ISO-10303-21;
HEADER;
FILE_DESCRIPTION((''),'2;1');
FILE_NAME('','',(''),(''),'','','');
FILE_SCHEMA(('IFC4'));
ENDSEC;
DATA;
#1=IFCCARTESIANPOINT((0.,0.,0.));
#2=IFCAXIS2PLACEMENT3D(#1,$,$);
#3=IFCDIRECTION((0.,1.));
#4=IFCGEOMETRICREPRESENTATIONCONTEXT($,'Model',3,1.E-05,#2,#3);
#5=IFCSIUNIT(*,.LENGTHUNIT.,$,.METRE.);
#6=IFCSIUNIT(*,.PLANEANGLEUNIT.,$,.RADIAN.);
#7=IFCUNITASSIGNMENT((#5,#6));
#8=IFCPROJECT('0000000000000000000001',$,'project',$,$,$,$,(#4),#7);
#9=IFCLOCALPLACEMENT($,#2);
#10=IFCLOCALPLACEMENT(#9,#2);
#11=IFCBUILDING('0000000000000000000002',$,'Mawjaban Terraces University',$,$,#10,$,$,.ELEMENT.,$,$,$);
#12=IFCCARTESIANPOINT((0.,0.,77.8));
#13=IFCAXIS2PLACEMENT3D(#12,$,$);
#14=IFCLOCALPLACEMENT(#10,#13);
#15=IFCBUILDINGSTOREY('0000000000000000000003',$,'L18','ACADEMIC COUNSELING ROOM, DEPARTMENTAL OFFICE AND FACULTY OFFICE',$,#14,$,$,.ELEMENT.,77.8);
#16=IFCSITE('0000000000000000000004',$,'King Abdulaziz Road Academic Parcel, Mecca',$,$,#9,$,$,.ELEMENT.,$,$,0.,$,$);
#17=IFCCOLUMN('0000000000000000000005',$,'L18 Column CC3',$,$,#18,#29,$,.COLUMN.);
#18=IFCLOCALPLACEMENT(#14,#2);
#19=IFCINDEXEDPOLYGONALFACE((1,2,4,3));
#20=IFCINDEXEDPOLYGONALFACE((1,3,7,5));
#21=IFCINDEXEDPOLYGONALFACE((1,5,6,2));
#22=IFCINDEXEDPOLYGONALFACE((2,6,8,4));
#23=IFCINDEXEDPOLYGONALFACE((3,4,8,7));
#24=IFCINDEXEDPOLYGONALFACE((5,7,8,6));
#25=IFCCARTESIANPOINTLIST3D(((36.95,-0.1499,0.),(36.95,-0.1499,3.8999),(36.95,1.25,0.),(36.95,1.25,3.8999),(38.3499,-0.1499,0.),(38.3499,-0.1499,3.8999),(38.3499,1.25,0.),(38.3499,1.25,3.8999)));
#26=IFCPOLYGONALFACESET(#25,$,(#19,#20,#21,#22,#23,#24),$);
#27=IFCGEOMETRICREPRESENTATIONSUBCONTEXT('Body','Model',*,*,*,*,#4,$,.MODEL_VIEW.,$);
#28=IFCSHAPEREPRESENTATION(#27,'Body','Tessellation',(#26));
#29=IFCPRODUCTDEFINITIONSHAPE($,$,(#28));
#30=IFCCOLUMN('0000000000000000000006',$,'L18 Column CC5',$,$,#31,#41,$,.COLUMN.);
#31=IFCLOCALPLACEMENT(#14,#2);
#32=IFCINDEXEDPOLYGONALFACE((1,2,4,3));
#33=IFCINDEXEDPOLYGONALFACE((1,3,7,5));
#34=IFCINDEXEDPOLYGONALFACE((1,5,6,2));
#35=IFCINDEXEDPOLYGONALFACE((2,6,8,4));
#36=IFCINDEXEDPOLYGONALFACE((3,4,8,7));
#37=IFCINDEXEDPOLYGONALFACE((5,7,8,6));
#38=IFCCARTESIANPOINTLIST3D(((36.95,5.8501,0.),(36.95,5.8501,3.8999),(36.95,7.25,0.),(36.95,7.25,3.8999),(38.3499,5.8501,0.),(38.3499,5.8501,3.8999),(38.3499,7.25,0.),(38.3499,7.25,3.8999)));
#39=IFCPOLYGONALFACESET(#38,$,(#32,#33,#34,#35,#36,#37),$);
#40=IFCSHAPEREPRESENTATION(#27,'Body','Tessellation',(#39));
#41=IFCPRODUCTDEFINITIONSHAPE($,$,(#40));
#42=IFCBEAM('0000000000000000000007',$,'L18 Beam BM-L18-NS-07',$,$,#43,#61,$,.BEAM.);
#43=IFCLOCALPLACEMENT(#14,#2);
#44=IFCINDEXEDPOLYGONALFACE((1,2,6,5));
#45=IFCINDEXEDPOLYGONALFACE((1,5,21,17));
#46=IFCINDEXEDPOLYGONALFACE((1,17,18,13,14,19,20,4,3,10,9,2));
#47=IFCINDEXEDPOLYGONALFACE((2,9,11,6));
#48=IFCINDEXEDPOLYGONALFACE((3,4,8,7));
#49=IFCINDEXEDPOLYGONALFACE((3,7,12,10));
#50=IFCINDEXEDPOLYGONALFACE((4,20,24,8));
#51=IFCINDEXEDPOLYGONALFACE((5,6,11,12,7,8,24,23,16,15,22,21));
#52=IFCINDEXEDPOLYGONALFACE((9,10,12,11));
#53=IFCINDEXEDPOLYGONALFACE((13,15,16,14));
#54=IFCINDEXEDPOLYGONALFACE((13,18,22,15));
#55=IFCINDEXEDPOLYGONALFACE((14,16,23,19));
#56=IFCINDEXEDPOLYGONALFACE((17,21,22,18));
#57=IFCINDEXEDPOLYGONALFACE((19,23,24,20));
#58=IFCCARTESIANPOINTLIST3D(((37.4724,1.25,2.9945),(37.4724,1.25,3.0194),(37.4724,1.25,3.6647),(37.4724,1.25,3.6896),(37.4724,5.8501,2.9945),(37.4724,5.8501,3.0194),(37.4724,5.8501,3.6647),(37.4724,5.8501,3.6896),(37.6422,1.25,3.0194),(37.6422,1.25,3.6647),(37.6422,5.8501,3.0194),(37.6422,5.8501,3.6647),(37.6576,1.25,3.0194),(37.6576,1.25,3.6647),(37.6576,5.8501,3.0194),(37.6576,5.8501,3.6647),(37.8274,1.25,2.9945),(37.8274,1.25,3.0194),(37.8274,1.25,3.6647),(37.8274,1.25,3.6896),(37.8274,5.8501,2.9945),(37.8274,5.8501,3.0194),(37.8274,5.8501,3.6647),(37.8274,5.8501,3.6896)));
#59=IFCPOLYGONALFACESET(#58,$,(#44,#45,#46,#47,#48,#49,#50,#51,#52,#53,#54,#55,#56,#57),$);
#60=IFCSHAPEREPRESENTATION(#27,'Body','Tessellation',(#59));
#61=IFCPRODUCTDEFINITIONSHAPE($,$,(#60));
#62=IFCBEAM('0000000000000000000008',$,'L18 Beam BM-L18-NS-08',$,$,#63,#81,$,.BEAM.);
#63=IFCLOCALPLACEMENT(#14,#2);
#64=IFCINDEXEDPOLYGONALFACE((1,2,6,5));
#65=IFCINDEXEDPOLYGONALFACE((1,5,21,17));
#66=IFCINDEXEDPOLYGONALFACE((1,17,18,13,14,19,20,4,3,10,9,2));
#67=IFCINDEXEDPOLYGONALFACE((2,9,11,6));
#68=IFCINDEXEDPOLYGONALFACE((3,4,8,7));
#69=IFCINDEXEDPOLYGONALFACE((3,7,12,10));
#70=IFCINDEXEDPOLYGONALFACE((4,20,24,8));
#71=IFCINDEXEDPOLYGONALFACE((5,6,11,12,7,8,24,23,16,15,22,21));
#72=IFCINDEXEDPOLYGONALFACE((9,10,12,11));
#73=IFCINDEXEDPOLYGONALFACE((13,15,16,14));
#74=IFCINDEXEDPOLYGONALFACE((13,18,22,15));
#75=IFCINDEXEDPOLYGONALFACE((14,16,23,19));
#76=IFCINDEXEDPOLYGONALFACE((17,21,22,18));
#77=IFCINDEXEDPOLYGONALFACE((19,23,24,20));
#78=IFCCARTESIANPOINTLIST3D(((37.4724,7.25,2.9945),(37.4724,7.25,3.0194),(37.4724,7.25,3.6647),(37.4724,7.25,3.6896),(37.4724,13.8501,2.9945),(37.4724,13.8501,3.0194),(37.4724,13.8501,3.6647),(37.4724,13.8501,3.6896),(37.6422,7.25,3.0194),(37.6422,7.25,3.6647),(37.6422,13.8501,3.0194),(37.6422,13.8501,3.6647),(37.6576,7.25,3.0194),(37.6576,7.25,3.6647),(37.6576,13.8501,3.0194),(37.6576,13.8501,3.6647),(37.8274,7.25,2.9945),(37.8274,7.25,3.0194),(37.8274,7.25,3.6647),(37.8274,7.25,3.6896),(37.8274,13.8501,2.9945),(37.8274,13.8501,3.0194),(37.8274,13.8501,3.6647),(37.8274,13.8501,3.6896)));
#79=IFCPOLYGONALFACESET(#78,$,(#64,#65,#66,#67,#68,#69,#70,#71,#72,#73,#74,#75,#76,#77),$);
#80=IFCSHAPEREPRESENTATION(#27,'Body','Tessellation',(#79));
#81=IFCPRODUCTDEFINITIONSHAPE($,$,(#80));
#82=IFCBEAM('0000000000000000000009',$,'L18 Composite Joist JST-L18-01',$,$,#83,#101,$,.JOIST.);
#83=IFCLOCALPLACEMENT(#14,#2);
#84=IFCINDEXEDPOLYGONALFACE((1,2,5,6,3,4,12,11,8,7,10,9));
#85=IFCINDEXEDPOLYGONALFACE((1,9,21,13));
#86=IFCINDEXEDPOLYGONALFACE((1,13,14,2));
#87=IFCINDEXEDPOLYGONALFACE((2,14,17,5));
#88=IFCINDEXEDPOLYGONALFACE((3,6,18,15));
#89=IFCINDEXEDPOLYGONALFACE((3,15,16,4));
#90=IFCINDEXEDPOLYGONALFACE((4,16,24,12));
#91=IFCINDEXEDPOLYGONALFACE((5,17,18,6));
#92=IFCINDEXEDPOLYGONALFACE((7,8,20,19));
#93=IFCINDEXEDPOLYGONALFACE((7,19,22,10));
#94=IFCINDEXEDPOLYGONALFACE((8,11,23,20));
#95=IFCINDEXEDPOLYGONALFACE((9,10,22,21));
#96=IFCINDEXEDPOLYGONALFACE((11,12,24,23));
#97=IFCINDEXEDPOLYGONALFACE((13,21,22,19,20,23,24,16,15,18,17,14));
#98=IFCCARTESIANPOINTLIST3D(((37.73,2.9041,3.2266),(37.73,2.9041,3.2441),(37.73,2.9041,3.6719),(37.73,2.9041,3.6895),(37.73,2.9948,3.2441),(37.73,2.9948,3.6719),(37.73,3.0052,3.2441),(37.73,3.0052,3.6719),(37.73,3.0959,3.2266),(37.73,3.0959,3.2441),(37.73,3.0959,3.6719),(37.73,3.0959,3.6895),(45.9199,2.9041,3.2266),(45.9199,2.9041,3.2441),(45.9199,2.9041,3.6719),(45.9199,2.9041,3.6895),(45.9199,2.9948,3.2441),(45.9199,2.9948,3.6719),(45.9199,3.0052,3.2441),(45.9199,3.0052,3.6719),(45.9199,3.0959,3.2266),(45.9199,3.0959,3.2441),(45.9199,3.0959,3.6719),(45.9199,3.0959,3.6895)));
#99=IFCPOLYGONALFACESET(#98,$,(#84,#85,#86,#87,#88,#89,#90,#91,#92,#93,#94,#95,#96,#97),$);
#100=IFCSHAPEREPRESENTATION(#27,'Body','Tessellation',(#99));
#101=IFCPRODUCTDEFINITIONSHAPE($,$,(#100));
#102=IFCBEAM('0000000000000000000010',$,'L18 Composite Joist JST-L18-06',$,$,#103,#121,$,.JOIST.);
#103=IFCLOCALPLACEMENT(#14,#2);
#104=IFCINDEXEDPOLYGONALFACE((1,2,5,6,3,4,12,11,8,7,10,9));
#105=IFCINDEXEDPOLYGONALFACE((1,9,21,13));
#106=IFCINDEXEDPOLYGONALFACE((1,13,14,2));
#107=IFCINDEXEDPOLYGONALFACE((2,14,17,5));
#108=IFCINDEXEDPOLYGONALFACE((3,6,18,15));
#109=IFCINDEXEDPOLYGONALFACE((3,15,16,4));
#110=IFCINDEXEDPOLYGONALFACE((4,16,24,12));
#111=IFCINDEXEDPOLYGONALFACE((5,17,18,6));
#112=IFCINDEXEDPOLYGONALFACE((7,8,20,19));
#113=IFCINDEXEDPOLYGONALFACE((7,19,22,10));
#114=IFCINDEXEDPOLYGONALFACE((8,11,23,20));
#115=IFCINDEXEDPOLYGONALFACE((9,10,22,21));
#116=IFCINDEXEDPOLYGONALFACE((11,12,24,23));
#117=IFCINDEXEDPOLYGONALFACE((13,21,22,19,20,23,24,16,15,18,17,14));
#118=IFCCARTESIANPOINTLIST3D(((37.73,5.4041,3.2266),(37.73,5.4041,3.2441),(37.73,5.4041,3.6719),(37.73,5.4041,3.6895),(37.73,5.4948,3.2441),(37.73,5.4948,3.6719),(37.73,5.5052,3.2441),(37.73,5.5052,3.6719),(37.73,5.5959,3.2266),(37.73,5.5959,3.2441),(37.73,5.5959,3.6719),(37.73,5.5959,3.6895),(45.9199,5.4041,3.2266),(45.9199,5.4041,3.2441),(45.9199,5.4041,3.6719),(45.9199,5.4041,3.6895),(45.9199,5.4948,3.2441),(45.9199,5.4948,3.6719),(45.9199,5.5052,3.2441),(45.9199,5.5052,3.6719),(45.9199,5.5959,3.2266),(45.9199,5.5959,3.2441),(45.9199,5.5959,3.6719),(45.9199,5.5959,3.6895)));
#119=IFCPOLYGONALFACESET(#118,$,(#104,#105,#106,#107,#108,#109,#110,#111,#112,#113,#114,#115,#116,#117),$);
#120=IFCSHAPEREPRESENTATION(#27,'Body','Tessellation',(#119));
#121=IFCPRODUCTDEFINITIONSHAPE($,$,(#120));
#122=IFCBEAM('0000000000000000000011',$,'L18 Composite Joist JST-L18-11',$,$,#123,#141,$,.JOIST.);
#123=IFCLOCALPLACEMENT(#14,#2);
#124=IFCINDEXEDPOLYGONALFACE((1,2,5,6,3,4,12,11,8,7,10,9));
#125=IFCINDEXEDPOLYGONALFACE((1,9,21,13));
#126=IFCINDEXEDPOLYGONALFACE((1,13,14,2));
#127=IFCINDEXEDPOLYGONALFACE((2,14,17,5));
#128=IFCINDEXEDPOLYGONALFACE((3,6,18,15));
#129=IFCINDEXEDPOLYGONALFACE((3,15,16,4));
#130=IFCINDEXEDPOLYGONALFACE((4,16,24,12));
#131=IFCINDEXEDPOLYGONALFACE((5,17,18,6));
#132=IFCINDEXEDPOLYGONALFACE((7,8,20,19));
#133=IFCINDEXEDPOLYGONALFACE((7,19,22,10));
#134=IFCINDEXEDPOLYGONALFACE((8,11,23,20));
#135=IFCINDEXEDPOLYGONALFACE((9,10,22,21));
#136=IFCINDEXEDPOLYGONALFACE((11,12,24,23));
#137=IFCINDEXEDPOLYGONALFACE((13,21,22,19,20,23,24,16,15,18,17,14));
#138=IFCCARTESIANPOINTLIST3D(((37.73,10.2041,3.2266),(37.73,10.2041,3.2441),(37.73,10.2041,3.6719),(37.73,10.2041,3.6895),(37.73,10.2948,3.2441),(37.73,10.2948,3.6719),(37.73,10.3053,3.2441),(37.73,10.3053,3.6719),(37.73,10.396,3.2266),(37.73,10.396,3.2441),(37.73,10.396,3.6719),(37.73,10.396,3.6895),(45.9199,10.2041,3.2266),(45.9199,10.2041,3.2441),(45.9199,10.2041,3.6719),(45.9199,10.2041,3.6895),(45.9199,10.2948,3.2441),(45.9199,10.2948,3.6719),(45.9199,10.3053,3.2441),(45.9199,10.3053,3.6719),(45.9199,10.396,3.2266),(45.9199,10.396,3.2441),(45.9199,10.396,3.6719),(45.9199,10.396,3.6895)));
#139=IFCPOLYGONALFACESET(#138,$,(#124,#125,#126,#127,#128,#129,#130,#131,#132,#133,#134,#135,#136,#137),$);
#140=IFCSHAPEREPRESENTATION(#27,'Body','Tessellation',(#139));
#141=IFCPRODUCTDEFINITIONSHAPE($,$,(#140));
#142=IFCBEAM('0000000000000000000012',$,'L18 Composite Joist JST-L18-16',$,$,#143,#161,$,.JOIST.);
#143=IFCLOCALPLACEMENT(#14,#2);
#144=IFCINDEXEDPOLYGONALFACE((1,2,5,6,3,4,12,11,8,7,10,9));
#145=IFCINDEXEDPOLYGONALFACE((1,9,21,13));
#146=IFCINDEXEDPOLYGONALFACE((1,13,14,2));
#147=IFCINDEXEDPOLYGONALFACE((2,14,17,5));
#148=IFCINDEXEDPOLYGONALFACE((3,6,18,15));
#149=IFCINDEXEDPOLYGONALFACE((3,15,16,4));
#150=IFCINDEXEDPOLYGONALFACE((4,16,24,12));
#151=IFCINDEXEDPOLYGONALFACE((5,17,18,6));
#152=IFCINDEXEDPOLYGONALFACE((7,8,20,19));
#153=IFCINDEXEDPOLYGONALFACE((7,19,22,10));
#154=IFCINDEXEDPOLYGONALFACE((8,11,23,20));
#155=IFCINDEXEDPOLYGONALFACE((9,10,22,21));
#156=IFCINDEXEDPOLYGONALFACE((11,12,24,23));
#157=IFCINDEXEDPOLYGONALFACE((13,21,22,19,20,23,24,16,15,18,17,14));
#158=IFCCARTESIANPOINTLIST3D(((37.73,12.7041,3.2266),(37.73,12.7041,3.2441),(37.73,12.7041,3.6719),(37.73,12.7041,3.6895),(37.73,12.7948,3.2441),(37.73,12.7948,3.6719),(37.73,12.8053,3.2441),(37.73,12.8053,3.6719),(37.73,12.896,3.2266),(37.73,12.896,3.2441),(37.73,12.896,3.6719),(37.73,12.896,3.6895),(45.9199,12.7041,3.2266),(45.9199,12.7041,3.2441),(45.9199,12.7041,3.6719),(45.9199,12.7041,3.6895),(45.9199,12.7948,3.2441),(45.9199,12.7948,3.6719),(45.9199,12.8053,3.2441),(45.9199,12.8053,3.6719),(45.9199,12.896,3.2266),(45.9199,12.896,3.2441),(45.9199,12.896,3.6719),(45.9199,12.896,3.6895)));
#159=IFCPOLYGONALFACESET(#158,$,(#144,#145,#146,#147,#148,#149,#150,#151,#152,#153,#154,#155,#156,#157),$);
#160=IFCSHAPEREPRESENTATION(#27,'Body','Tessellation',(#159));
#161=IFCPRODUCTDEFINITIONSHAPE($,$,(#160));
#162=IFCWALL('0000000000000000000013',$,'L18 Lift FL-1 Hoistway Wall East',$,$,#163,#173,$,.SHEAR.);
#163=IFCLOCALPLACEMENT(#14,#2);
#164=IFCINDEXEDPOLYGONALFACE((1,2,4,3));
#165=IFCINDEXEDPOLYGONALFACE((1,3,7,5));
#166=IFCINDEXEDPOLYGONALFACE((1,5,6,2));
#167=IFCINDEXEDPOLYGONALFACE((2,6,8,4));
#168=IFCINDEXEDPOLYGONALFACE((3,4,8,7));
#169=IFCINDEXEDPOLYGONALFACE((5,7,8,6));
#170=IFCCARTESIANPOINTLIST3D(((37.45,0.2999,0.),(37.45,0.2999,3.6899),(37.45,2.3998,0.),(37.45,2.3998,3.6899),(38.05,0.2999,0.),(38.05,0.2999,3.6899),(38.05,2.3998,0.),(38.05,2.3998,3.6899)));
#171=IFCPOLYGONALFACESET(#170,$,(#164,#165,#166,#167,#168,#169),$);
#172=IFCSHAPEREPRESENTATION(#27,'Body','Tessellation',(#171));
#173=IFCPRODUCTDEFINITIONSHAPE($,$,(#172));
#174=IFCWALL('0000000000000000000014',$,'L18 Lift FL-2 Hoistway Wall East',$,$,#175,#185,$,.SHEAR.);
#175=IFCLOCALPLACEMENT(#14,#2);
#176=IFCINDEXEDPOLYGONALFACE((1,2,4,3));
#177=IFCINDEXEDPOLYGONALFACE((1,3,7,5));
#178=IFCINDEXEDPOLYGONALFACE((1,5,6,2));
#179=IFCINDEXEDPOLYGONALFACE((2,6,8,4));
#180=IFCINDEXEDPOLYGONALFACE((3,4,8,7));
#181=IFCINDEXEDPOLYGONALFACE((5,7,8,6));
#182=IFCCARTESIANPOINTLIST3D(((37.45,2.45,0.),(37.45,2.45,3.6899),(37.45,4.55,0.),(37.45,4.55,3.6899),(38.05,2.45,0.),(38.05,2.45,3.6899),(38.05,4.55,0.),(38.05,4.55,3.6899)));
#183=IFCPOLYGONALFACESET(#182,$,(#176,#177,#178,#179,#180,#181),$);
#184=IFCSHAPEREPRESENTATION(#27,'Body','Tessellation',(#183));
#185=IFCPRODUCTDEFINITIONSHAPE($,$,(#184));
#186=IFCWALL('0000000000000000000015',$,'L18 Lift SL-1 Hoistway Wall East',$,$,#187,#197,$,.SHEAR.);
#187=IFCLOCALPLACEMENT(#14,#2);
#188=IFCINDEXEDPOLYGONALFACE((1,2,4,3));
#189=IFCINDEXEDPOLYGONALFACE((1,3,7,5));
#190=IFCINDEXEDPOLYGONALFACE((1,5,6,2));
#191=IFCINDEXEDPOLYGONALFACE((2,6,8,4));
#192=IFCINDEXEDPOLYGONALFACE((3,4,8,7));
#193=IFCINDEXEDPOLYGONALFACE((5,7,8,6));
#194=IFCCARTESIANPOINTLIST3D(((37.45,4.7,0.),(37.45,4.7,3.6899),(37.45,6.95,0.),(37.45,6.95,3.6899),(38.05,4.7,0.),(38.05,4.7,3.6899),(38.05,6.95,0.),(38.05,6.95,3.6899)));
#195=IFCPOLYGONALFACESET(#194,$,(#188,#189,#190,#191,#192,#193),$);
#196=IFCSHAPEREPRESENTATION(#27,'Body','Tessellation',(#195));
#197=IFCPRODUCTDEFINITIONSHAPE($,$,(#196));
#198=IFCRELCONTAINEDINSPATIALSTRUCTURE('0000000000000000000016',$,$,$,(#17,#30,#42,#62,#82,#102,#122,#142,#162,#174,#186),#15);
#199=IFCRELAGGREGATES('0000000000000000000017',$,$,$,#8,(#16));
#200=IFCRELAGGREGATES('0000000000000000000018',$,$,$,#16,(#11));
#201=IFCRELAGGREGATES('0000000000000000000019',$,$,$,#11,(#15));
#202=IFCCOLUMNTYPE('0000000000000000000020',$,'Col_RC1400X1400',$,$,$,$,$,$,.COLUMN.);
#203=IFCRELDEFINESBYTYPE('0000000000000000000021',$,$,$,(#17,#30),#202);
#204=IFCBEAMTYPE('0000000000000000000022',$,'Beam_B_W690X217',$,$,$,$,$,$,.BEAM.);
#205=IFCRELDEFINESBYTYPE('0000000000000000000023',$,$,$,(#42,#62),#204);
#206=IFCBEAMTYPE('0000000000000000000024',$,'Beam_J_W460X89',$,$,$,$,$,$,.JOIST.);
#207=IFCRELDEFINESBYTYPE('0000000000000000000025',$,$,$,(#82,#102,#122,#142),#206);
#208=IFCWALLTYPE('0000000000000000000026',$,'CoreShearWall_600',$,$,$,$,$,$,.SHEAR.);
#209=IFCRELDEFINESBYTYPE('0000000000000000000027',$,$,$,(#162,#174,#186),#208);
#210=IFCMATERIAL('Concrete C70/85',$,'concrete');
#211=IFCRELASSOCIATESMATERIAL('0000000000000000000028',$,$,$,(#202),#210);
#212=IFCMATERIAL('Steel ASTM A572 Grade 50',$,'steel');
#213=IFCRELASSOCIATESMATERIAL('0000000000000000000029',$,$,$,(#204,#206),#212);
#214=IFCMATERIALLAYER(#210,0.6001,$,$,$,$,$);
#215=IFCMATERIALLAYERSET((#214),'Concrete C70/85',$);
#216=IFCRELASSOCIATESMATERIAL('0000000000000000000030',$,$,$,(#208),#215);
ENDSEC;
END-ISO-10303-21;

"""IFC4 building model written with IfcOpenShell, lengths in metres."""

from ifc_helpers import new_model, si_unit, direction, frame, frame_2d, origin, origin_2d, place, context, subcontext, project, spatial, rectangle, i_section, extrude, material, layer, layer_set, material_profile, profile_set, type_object, element, save


model = new_model("IFC4")

# Units and contexts
model_context = context("Model", 3, precision=1e-05, world=origin(), true_north=direction((0.0, 1.0)))
body_context = subcontext(model_context, "Body", "Model", "MODEL_VIEW")
ifc_project = project(units=[si_unit("LENGTHUNIT", "METRE"), si_unit("PLANEANGLEUNIT", "RADIAN")], contexts=[model_context])

# Site, building, storey
site_placement = place(None, origin())
site = spatial("IfcSite", under=ifc_project, at=site_placement, Name="King Abdulaziz Road Academic Parcel, Mecca", CompositionType="ELEMENT", RefElevation=0.0)
building_placement = place(site_placement, origin())
building = spatial("IfcBuilding", under=site, at=building_placement, Name="Mawjaban Terraces University", CompositionType="ELEMENT")
storey_placement = place(building_placement, frame((0.0, 0.0, 77.8)))
storey = spatial("IfcBuildingStorey", under=building, at=storey_placement, Name="L18", Description="ACADEMIC COUNSELING ROOM, DEPARTMENTAL OFFICE AND FACULTY OFFICE", CompositionType="ELEMENT", Elevation=77.8)

# Columns
ifc_material_1 = material(Name="Concrete C70/85", Category="concrete")
ifc_material_profile_1 = material_profile(ifc_material_1, rectangle(XDim=1.3999, YDim=1.3999, at=origin_2d()), Name="RC1400X1400")
ifc_profile_set_1 = profile_set([ifc_material_profile_1], Name="Concrete C70/85")
column_type = type_object("IfcColumnType", Name="Col_RC1400X1400", PredefinedType="COLUMN", material=ifc_profile_set_1)
for number, where, z_axis, x_axis, name in (
    (1, (37.6499, 0.55, 0.0), (0.0, 0.0, 1.0), (1.0, 0.0, 0.0), "L18 Column CC3"),
    (2, (37.6499, 6.55, 0.0), (0.0, 0.0, 1.0), (1.0, 0.0, 0.0), "L18 Column CC5"),
):
    element("IfcColumn", number, at=place(storey_placement, frame(where, z_axis=z_axis, x_axis=x_axis)), inside=storey, type_object=column_type, Name=name, PredefinedType="COLUMN", context=body_context, shape_type="SweptSolid", body=[
        extrude(rectangle(XDim=1.3999, YDim=1.3999, at=origin_2d()), origin(), (0.0, 0.0, 1.0), 3.8999),
    ])

# Beams
ifc_material_2 = material(Name="Steel ASTM A572 Grade 50", Category="steel")
ifc_material_profile_2 = material_profile(ifc_material_2, i_section(OverallWidth=0.355, OverallDepth=0.6951, WebThickness=0.0154, FlangeThickness=0.0249, at=origin_2d()), Name="W690X217")
ifc_profile_set_2 = profile_set([ifc_material_profile_2], Name="Steel ASTM A572 Grade 50")
beam_type_1 = type_object("IfcBeamType", Name="Beam_B_W690X217", PredefinedType="BEAM", material=ifc_profile_set_2)
beam_1_placement = place(storey_placement, frame((37.6499, 1.25, 3.342), z_axis=(0.0, 1.0, 0.0), x_axis=(-1.0, 0.0, 0.0)))
element("IfcBeam", 3, at=beam_1_placement, inside=storey, type_object=beam_type_1, Name="L18 Beam BM-L18-NS-07", PredefinedType="BEAM", context=body_context, shape_type="SweptSolid", body=[
    extrude(i_section(OverallWidth=0.355, OverallDepth=0.6951, WebThickness=0.0154, FlangeThickness=0.0249, at=origin_2d()), origin(), (0.0, 0.0, 1.0), 4.6001),
])
beam_2_placement = place(storey_placement, frame((37.6499, 7.25, 3.342), z_axis=(0.0, 1.0, 0.0), x_axis=(-1.0, 0.0, 0.0)))
element("IfcBeam", 4, at=beam_2_placement, inside=storey, type_object=beam_type_1, Name="L18 Beam BM-L18-NS-08", PredefinedType="BEAM", context=body_context, shape_type="SweptSolid", body=[
    extrude(i_section(OverallWidth=0.355, OverallDepth=0.6951, WebThickness=0.0154, FlangeThickness=0.0249, at=origin_2d()), origin(), (0.0, 0.0, 1.0), 6.6001),
])
ifc_material_profile_3 = material_profile(ifc_material_2, i_section(OverallWidth=0.1919, OverallDepth=0.4629, WebThickness=0.0105, FlangeThickness=0.0176, at=origin_2d()), Name="W460X89")
ifc_profile_set_3 = profile_set([ifc_material_profile_3], Name="Steel ASTM A572 Grade 50")
beam_type_2 = type_object("IfcBeamType", Name="Beam_J_W460X89", PredefinedType="JOIST", material=ifc_profile_set_3)
for number, where, z_axis, x_axis, name in (
    (5, (37.73, 3.0, 3.458), (1.0, 0.0, 0.0), (0.0, 1.0, 0.0), "L18 Composite Joist JST-L18-01"),
    (6, (37.73, 5.5, 3.458), (1.0, 0.0, 0.0), (0.0, 1.0, 0.0), "L18 Composite Joist JST-L18-06"),
    (7, (37.73, 10.3, 3.458), (1.0, 0.0, 0.0), (0.0, 1.0, 0.0), "L18 Composite Joist JST-L18-11"),
    (8, (37.73, 12.8, 3.458), (1.0, 0.0, 0.0), (0.0, 1.0, 0.0), "L18 Composite Joist JST-L18-16"),
):
    element("IfcBeam", number, at=place(storey_placement, frame(where, z_axis=z_axis, x_axis=x_axis)), inside=storey, type_object=beam_type_2, Name=name, PredefinedType="JOIST", context=body_context, shape_type="SweptSolid", body=[
        extrude(i_section(OverallWidth=0.1919, OverallDepth=0.4629, WebThickness=0.0105, FlangeThickness=0.0176, at=origin_2d()), origin(), (0.0, 0.0, 1.0), 8.1899),
    ])

# Walls
ifc_layer_1 = layer(ifc_material_1, 0.6001)
ifc_layer_set_1 = layer_set([ifc_layer_1], Name="Concrete C70/85")
wall_type_1 = type_object("IfcWallType", Name="CoreShearWall_600", PredefinedType="SHEAR", material=ifc_layer_set_1)
wall_1_placement = place(storey_placement, frame((37.75, 0.3, 0.0), z_axis=(0.0, 0.0, 1.0), x_axis=(0.0, 1.0, 0.0)))
element("IfcWall", 9, at=wall_1_placement, inside=storey, type_object=wall_type_1, Name="L18 Lift FL-1 Hoistway Wall East", PredefinedType="SHEAR", context=body_context, shape_type="SweptSolid", body=[
    extrude(rectangle(XDim=2.0999, YDim=0.6001, at=frame_2d((1.0498, 0.0))), origin(), (0.0, 0.0, 1.0), 3.6899),
])
wall_2_placement = place(storey_placement, frame((37.75, 2.45, 0.0), z_axis=(0.0, 0.0, 1.0), x_axis=(0.0, 1.0, 0.0)))
element("IfcWall", 10, at=wall_2_placement, inside=storey, type_object=wall_type_1, Name="L18 Lift FL-2 Hoistway Wall East", PredefinedType="SHEAR", context=body_context, shape_type="SweptSolid", body=[
    extrude(rectangle(XDim=2.1001, YDim=0.6001, at=frame_2d((1.05, 0.0))), origin(), (0.0, 0.0, 1.0), 3.6899),
])
wall_3_placement = place(storey_placement, frame((37.75, 4.7, 0.0), z_axis=(0.0, 0.0, 1.0), x_axis=(0.0, 1.0, 0.0)))
element("IfcWall", 11, at=wall_3_placement, inside=storey, type_object=wall_type_1, Name="L18 Lift SL-1 Hoistway Wall East", PredefinedType="SHEAR", context=body_context, shape_type="SweptSolid", body=[
    extrude(rectangle(XDim=2.25, YDim=0.6001, at=frame_2d((1.125, 0.0))), origin(), (0.0, 0.0, 1.0), 3.6899),
])

save(model, "model.ifc")
